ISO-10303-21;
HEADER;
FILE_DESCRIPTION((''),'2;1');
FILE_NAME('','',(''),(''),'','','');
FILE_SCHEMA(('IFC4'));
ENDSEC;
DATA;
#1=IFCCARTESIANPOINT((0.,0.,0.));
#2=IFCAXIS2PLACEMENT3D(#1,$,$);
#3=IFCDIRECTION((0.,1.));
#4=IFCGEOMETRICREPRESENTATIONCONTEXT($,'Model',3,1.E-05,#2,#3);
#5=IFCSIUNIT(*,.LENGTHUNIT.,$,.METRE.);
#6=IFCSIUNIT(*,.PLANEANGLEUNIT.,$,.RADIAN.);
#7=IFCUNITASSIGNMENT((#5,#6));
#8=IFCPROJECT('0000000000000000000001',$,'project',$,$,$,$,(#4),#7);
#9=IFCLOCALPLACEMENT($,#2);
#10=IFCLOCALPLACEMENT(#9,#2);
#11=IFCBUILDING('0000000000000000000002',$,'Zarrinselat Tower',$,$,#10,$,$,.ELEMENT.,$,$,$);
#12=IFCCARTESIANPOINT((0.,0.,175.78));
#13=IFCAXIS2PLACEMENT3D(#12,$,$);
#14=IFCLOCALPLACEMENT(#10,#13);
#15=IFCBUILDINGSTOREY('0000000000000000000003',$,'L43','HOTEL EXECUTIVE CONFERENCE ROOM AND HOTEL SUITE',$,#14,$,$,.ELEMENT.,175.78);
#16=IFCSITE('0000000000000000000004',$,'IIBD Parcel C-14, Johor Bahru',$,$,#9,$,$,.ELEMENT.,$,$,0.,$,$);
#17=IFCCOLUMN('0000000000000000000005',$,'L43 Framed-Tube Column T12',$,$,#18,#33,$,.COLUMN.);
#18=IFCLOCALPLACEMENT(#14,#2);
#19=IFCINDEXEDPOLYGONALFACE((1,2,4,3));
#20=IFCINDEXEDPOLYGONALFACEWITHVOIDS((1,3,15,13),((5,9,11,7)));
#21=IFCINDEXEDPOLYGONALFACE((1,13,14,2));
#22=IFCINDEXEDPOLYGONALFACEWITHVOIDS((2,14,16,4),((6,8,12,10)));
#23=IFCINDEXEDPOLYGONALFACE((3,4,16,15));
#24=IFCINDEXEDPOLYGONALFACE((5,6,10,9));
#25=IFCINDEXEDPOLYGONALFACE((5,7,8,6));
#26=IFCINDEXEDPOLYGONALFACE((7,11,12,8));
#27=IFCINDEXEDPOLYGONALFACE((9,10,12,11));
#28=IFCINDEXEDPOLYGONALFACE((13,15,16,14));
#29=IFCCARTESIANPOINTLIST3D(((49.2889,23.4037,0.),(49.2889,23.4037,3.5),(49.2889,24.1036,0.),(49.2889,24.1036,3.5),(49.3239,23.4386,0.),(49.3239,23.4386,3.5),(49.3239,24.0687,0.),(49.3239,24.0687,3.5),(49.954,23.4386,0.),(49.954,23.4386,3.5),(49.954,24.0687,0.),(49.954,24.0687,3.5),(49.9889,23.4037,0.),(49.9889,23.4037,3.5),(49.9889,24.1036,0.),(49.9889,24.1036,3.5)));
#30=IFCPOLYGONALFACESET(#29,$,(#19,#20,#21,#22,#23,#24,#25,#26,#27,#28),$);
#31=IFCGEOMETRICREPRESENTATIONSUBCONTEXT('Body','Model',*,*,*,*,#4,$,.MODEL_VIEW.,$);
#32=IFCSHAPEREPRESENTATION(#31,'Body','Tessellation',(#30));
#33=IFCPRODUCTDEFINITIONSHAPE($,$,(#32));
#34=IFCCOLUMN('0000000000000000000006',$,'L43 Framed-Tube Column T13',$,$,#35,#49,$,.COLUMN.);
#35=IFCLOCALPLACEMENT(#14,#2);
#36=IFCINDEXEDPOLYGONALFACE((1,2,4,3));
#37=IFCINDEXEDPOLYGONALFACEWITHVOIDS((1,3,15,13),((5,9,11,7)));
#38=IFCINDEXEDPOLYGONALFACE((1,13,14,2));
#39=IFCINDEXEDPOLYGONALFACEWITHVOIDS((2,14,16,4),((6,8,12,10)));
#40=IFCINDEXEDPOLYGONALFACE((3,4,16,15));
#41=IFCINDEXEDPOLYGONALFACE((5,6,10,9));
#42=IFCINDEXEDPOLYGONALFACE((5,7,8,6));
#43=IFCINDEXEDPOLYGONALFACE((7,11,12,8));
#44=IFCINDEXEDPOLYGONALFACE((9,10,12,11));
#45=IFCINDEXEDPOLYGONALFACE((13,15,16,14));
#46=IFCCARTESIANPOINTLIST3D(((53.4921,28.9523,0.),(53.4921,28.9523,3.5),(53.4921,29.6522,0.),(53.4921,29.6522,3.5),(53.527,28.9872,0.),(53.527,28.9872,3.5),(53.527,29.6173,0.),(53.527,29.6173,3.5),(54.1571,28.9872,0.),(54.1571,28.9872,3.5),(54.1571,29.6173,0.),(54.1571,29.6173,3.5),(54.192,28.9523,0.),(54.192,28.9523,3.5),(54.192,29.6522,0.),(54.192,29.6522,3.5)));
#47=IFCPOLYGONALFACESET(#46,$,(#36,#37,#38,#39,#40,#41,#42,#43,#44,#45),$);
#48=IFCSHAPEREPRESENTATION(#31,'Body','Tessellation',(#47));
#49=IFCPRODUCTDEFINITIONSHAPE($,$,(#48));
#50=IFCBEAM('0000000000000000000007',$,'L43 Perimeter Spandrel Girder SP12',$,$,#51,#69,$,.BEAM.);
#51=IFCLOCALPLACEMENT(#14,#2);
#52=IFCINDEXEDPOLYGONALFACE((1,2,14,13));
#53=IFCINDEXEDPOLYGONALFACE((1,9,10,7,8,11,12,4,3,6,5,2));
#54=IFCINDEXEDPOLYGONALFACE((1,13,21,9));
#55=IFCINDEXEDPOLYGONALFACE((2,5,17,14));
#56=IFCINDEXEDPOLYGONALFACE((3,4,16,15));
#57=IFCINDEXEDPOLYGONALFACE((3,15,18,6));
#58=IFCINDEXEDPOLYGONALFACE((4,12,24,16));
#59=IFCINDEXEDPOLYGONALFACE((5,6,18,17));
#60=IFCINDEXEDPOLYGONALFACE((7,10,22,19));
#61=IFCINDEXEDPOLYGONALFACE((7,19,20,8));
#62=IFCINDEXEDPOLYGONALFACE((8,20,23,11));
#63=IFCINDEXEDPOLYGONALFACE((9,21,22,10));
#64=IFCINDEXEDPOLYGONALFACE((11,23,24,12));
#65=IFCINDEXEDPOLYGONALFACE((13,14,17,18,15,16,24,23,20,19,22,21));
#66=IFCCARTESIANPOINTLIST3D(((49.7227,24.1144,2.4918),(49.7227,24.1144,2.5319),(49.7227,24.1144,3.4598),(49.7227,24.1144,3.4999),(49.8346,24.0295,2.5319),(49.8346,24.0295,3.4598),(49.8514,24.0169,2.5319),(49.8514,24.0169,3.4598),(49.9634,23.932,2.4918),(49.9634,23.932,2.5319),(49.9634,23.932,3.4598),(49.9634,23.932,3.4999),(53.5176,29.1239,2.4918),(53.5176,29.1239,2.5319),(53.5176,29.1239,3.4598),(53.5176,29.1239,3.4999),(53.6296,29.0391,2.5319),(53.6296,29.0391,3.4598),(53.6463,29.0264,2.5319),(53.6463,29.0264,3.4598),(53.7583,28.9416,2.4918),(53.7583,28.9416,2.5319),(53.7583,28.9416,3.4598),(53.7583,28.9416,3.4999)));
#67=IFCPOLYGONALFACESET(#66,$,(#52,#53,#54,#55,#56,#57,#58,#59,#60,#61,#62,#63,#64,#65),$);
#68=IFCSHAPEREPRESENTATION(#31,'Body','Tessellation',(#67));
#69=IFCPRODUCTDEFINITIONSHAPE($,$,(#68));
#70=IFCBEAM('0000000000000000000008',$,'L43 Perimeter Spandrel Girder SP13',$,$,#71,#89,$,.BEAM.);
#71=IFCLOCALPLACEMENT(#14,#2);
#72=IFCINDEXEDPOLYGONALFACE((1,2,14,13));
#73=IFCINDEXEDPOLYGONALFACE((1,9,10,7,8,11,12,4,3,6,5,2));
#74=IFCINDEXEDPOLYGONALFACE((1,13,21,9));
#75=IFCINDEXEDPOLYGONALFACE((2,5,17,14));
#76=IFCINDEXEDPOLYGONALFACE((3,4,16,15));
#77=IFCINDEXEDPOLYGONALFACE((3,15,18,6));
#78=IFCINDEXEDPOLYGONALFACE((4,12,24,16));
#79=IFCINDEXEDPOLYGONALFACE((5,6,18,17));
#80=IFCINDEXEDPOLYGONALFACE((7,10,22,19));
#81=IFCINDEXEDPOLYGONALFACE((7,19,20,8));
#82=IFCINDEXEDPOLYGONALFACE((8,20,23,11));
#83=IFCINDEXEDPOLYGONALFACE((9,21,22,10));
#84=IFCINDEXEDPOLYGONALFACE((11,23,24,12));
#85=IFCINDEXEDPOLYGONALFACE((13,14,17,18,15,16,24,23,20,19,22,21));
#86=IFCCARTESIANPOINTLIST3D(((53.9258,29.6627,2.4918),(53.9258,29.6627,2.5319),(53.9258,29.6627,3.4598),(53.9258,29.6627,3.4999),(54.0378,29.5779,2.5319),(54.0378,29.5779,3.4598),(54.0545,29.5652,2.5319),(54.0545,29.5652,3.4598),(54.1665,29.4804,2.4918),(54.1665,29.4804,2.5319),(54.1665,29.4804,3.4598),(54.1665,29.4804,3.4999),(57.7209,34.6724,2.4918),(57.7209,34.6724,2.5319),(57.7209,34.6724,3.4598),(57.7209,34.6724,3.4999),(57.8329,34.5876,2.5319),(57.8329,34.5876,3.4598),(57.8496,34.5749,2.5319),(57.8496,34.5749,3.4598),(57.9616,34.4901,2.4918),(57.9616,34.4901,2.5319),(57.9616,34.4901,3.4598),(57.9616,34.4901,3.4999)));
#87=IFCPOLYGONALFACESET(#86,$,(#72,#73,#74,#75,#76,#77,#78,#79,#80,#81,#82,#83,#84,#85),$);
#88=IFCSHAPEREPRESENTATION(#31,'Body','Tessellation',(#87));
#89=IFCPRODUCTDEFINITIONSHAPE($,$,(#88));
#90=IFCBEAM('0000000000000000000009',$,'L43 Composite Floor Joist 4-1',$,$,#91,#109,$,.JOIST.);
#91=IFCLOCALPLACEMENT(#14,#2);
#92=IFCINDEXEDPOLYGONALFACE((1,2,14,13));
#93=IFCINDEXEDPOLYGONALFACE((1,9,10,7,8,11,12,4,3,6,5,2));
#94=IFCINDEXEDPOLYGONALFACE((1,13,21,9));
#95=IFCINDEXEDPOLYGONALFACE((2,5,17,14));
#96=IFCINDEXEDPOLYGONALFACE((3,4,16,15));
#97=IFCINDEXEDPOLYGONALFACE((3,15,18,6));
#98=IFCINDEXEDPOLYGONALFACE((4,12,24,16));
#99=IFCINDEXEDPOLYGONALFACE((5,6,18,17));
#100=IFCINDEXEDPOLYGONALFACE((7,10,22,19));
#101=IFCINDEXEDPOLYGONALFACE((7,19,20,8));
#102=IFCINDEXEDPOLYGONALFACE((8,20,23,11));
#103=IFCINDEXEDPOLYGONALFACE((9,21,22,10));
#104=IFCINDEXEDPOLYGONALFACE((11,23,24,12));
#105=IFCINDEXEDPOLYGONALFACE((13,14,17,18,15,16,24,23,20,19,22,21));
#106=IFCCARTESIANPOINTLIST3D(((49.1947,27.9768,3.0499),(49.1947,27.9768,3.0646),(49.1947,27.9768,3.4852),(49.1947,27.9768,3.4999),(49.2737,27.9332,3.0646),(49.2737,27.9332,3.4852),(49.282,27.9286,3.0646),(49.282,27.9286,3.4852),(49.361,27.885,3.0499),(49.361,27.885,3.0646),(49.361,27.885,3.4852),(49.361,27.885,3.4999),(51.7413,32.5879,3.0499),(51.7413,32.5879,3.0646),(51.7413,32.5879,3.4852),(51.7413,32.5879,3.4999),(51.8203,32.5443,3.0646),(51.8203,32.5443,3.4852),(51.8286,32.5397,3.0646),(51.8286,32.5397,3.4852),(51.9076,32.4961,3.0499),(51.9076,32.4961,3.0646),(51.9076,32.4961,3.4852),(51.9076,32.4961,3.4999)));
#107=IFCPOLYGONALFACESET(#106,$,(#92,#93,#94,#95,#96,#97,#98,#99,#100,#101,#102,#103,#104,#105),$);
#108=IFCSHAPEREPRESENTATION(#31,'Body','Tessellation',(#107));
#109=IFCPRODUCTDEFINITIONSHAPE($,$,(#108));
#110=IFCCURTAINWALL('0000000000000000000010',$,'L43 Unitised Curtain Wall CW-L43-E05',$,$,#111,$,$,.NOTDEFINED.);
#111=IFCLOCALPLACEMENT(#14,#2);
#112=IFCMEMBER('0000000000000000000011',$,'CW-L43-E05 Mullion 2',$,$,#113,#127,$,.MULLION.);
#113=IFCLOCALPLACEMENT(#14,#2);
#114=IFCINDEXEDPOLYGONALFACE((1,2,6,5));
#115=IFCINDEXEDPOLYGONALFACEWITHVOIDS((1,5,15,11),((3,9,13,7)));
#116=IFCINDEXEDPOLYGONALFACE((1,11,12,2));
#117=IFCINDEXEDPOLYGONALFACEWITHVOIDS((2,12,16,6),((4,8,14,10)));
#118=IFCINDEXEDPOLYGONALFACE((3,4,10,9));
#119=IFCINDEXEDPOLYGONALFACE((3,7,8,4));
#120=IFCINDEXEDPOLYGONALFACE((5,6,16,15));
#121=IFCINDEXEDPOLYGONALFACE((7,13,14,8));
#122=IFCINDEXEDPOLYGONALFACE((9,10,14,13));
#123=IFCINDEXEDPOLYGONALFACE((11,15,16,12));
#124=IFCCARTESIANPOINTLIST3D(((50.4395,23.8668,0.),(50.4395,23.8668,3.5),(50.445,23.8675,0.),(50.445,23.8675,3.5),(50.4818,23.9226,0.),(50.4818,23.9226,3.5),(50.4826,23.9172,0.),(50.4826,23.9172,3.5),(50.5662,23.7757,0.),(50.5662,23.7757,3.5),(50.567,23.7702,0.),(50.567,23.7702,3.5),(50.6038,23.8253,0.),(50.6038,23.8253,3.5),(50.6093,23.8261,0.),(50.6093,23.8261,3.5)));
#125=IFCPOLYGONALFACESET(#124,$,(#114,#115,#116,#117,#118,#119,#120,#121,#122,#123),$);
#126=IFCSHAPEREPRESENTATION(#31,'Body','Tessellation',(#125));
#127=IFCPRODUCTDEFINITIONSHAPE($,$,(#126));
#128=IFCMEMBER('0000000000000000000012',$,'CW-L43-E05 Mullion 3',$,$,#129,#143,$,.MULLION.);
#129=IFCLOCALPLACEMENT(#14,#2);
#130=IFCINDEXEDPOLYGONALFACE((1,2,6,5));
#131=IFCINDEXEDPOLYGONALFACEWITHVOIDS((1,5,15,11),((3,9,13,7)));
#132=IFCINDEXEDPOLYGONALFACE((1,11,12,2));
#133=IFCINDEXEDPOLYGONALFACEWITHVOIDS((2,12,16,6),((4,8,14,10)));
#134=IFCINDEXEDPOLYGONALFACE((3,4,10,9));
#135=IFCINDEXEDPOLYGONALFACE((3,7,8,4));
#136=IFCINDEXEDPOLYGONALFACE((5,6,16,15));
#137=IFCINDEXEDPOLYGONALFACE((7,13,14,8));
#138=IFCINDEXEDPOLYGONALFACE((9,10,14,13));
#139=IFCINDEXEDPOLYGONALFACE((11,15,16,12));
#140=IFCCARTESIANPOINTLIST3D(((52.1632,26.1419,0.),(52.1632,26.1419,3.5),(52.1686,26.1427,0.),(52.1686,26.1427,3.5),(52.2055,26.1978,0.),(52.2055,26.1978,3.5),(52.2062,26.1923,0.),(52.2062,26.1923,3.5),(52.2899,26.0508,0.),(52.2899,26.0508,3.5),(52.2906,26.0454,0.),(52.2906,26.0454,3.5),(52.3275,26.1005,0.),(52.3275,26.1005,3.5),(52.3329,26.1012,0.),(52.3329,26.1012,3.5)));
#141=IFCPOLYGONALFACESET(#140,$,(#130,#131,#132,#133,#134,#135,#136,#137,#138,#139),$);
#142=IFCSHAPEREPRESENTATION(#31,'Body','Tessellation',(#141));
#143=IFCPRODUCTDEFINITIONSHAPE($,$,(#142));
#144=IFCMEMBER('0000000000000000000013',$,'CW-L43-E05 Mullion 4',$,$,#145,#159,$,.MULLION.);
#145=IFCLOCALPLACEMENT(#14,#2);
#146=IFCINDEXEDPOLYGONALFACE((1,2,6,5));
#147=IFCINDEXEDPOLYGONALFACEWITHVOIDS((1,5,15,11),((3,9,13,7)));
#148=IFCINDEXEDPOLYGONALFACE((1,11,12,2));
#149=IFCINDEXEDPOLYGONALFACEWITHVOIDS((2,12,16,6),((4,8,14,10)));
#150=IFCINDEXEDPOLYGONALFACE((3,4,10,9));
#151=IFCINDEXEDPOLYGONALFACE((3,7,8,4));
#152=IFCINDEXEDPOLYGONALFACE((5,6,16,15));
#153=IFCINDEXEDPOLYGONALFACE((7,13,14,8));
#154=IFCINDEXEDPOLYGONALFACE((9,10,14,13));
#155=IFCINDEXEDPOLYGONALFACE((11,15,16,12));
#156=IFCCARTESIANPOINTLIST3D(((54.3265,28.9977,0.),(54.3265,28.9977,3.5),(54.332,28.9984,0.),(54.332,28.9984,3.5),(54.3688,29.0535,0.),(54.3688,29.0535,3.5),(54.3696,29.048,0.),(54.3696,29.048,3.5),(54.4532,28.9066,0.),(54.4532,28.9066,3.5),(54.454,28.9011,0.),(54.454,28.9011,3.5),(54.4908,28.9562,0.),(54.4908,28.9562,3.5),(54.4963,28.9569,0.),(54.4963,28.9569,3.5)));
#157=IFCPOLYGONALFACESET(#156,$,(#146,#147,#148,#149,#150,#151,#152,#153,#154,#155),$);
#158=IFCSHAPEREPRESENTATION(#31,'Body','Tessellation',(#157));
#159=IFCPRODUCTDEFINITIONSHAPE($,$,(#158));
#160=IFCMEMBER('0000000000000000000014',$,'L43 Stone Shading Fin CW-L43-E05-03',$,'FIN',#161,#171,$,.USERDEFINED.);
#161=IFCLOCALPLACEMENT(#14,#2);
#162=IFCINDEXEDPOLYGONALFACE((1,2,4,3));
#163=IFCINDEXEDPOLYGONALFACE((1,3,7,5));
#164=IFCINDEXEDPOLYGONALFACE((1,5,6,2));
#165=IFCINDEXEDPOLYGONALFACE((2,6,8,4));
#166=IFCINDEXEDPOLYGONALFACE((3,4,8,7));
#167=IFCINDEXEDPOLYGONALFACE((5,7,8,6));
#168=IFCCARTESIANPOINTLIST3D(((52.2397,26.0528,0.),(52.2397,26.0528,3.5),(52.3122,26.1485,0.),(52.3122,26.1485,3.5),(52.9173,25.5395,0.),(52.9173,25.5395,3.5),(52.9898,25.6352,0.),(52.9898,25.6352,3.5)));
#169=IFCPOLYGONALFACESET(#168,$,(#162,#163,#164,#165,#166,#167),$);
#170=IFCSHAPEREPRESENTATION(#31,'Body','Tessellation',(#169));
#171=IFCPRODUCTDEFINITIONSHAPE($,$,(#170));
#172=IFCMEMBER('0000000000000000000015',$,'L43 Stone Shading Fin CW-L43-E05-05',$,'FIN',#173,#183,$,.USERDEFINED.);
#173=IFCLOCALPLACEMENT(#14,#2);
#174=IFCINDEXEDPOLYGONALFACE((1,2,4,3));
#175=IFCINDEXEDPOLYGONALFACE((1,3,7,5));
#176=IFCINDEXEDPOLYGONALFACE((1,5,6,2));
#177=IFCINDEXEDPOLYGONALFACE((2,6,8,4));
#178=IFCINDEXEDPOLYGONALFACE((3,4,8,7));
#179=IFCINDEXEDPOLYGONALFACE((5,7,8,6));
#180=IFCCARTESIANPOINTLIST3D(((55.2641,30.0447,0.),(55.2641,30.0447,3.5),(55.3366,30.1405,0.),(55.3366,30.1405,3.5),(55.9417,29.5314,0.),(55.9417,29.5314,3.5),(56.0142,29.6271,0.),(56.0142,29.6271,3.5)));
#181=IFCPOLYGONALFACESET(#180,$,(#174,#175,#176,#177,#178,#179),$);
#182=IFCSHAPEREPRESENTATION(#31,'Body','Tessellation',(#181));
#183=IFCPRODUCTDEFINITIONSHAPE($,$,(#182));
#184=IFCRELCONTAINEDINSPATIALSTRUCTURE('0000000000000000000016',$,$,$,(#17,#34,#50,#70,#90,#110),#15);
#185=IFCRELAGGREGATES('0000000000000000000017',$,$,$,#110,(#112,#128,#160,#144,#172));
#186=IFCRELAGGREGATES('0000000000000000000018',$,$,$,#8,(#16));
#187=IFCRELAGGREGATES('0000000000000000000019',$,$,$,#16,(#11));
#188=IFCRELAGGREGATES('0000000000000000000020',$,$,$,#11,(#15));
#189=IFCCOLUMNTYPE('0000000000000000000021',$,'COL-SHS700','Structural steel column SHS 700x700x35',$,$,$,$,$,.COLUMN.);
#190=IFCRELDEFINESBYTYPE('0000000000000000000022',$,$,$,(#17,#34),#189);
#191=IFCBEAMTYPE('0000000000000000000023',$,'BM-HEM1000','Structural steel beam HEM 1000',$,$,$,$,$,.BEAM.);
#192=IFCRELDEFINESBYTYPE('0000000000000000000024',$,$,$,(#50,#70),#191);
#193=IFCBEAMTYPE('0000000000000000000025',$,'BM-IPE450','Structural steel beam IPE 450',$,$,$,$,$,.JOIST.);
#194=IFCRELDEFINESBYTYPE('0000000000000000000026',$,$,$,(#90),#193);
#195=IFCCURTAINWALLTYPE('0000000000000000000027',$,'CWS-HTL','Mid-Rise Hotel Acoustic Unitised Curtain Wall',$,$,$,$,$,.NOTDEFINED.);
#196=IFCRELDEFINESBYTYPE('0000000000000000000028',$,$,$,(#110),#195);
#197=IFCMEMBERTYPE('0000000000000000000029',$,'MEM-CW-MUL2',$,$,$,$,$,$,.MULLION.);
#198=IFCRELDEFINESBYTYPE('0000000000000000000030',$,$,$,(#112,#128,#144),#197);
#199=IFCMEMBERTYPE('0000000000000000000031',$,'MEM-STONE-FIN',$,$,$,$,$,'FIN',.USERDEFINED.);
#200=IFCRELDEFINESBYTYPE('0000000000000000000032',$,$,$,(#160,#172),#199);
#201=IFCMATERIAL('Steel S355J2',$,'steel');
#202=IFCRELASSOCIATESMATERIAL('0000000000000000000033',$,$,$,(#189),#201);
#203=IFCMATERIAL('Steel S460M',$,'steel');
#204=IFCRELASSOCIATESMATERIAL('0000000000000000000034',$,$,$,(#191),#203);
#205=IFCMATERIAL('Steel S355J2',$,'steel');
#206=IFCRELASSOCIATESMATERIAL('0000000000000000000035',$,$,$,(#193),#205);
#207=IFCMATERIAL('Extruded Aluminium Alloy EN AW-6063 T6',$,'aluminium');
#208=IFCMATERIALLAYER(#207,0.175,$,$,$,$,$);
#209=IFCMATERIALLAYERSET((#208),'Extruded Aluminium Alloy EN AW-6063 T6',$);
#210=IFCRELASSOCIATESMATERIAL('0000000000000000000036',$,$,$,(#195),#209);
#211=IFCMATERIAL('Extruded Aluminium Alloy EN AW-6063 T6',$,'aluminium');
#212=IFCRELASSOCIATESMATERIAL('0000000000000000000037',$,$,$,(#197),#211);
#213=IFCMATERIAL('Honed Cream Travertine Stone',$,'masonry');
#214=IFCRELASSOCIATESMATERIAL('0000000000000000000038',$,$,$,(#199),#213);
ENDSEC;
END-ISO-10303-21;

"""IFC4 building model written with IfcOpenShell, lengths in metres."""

from ifc_helpers import new_model, si_unit, direction, frame, origin, origin_2d, place, context, subcontext, project, spatial, rectangle, hollow_rectangle, i_section, extrude, material, layer, layer_set, material_profile, profile_set, type_object, element, aggregate, save


model = new_model("IFC4")

# Units and contexts
model_context = context("Model", 3, precision=1e-05, world=origin(), true_north=direction((0.0, 1.0)))
body_context = subcontext(model_context, "Body", "Model", "MODEL_VIEW")
ifc_project = project(units=[si_unit("LENGTHUNIT", "METRE"), si_unit("PLANEANGLEUNIT", "RADIAN")], contexts=[model_context])

# Site, building, storey
site_placement = place(None, origin())
site = spatial("IfcSite", under=ifc_project, at=site_placement, Name="IIBD Parcel C-14, Johor Bahru", CompositionType="ELEMENT", RefElevation=0.0)
building_placement = place(site_placement, origin())
building = spatial("IfcBuilding", under=site, at=building_placement, Name="Zarrinselat Tower", CompositionType="ELEMENT")
storey_placement = place(building_placement, frame((0.0, 0.0, 175.78)))
storey = spatial("IfcBuildingStorey", under=building, at=storey_placement, Name="L43", Description="HOTEL EXECUTIVE CONFERENCE ROOM AND HOTEL SUITE", CompositionType="ELEMENT", Elevation=175.78)

# Columns
ifc_material_1 = material(Name="Steel S355J2", Category="steel")
ifc_material_profile_1 = material_profile(ifc_material_1, hollow_rectangle(XDim=0.7, YDim=0.7, WallThickness=0.0349, at=origin_2d()), Name="SHS 700x700x35")
ifc_profile_set_1 = profile_set([ifc_material_profile_1], Name="Steel S355J2")
column_type = type_object("IfcColumnType", Name="COL-SHS700", Description="Structural steel column SHS 700x700x35", PredefinedType="COLUMN", material=ifc_profile_set_1)
for number, where, z_axis, x_axis, name in (
    (1, (49.6389, 23.7537, 0.0), (0.0, 0.0, 1.0), (1.0, 0.0, 0.0), "L43 Framed-Tube Column T12"),
    (2, (53.842, 29.3022, 0.0), (0.0, 0.0, 1.0), (1.0, 0.0, 0.0), "L43 Framed-Tube Column T13"),
):
    element("IfcColumn", number, at=place(storey_placement, frame(where, z_axis=z_axis, x_axis=x_axis)), inside=storey, type_object=column_type, Name=name, PredefinedType="COLUMN", context=body_context, shape_type="SweptSolid", body=[
        extrude(hollow_rectangle(XDim=0.7, YDim=0.7, WallThickness=0.0349, at=origin_2d()), origin(), (0.0, 0.0, 1.0), 3.5),
    ])

# Beams
ifc_material_2 = material(Name="Steel S460M", Category="steel")
ifc_material_profile_2 = material_profile(ifc_material_2, i_section(OverallWidth=0.302, OverallDepth=1.0081, WebThickness=0.021, FlangeThickness=0.04, at=origin_2d()), Name="HEM 1000")
ifc_profile_set_2 = profile_set([ifc_material_profile_2], Name="Steel S460M")
beam_type_1 = type_object("IfcBeamType", Name="BM-HEM1000", Description="Structural steel beam HEM 1000", PredefinedType="BEAM", material=ifc_profile_set_2)
beam_1_placement = place(storey_placement, frame((49.843, 24.0232, 2.9958), z_axis=(0.60384, 0.797105, 0.0), x_axis=(-0.797105, 0.60384, 0.0)))
element("IfcBeam", 3, at=beam_1_placement, inside=storey, type_object=beam_type_1, Name="L43 Perimeter Spandrel Girder SP12", PredefinedType="BEAM", context=body_context, shape_type="SweptSolid", body=[
    extrude(i_section(OverallWidth=0.302, OverallDepth=1.0081, WebThickness=0.021, FlangeThickness=0.04, at=origin_2d()), origin(), (0.0, 0.0, 1.0), 6.2847),
])
beam_2_placement = place(storey_placement, frame((54.0461, 29.5715, 2.9958), z_axis=(0.603846, 0.797101, 0.0), x_axis=(-0.797101, 0.603846, 0.0)))
element("IfcBeam", 4, at=beam_2_placement, inside=storey, type_object=beam_type_1, Name="L43 Perimeter Spandrel Girder SP13", PredefinedType="BEAM", context=body_context, shape_type="SweptSolid", body=[
    extrude(i_section(OverallWidth=0.302, OverallDepth=1.0081, WebThickness=0.021, FlangeThickness=0.04, at=origin_2d()), origin(), (0.0, 0.0, 1.0), 6.2849),
])
ifc_material_3 = material(Name="Steel S355J2", Category="steel")
ifc_material_profile_3 = material_profile(ifc_material_3, i_section(OverallWidth=0.1899, OverallDepth=0.45, WebThickness=0.0095, FlangeThickness=0.0146, at=origin_2d()), Name="IPE 450")
ifc_profile_set_3 = profile_set([ifc_material_profile_3], Name="Steel S355J2")
beam_type_2 = type_object("IfcBeamType", Name="BM-IPE450", Description="Structural steel beam IPE 450", PredefinedType="JOIST", material=ifc_profile_set_3)
beam_3_placement = place(storey_placement, frame((49.2778, 27.9309, 3.2749), z_axis=(0.483453, 0.87537, 0.0), x_axis=(-0.87537, 0.483453, 0.0)))
element("IfcBeam", 5, at=beam_3_placement, inside=storey, type_object=beam_type_2, Name="L43 Composite Floor Joist 4-1", PredefinedType="JOIST", context=body_context, shape_type="SweptSolid", body=[
    extrude(i_section(OverallWidth=0.1899, OverallDepth=0.45, WebThickness=0.0095, FlangeThickness=0.0146, at=origin_2d()), origin(), (0.0, 0.0, 1.0), 5.2676),
])

# Curtain wall, members
ifc_material_4 = material(Name="Extruded Aluminium Alloy EN AW-6063 T6", Category="aluminium")
ifc_layer_1 = layer(ifc_material_4, 0.175)
ifc_layer_set_1 = layer_set([ifc_layer_1], Name="Extruded Aluminium Alloy EN AW-6063 T6")
curtain_wall_type = type_object("IfcCurtainWallType", Name="CWS-HTL", Description="Mid-Rise Hotel Acoustic Unitised Curtain Wall", PredefinedType="NOTDEFINED", material=ifc_layer_set_1)
curtain_wall_placement = place(storey_placement, origin())
curtain_wall = element("IfcCurtainWall", 6, at=curtain_wall_placement, inside=storey, type_object=curtain_wall_type, Name="L43 Unitised Curtain Wall CW-L43-E05", PredefinedType="NOTDEFINED")
ifc_material_5 = material(Name="Extruded Aluminium Alloy EN AW-6063 T6", Category="aluminium")
ifc_material_profile_4 = material_profile(ifc_material_5, hollow_rectangle(XDim=0.0701, YDim=0.1599, WallThickness=0.0039, at=origin_2d()), Name="RHS 160x70x4")
ifc_profile_set_4 = profile_set([ifc_material_profile_4], Name="Extruded Aluminium Alloy EN AW-6063 T6")
member_type_1 = type_object("IfcMemberType", Name="MEM-CW-MUL2", PredefinedType="MULLION", material=ifc_profile_set_4)
member_1_placement = place(storey_placement, frame((50.5244, 23.8464, 0.0), z_axis=(0.0, 0.0, 1.0), x_axis=(0.603859, 0.797091, 0.0)))
member_1 = element("IfcMember", 7, at=member_1_placement, type_object=member_type_1, Name="CW-L43-E05 Mullion 2", PredefinedType="MULLION", context=body_context, shape_type="SweptSolid", body=[
    extrude(hollow_rectangle(XDim=0.0701, YDim=0.1599, WallThickness=0.0039, at=origin_2d()), origin(), (0.0, 0.0, 1.0), 3.5),
])
member_2_placement = place(storey_placement, frame((52.248, 26.1216, 0.0), z_axis=(0.0, 0.0, 1.0), x_axis=(0.603859, 0.797091, 0.0)))
member_2 = element("IfcMember", 8, at=member_2_placement, type_object=member_type_1, Name="CW-L43-E05 Mullion 3", PredefinedType="MULLION", context=body_context, shape_type="SweptSolid", body=[
    extrude(hollow_rectangle(XDim=0.0701, YDim=0.1599, WallThickness=0.0039, at=origin_2d()), origin(), (0.0, 0.0, 1.0), 3.5),
])
member_3_placement = place(storey_placement, frame((54.4114, 28.9773, 0.0), z_axis=(0.0, 0.0, 1.0), x_axis=(0.603859, 0.797091, 0.0)))
member_3 = element("IfcMember", 9, at=member_3_placement, type_object=member_type_1, Name="CW-L43-E05 Mullion 4", PredefinedType="MULLION", context=body_context, shape_type="SweptSolid", body=[
    extrude(hollow_rectangle(XDim=0.0701, YDim=0.1599, WallThickness=0.0039, at=origin_2d()), origin(), (0.0, 0.0, 1.0), 3.5),
])
ifc_material_6 = material(Name="Honed Cream Travertine Stone", Category="masonry")
ifc_material_profile_5 = material_profile(ifc_material_6, rectangle(XDim=0.1201, YDim=0.8501, at=origin_2d()), Name="FIN 850x120")
ifc_profile_set_5 = profile_set([ifc_material_profile_5], Name="Honed Cream Travertine Stone")
member_type_2 = type_object("IfcMemberType", Name="MEM-STONE-FIN", ElementType="FIN", PredefinedType="USERDEFINED", material=ifc_profile_set_5)
member_4_placement = place(storey_placement, frame((52.6147, 25.844, 0.0), z_axis=(0.0, 0.0, 1.0), x_axis=(-0.603859, -0.797091, 0.0)))
member_4 = element("IfcMember", 10, at=member_4_placement, type_object=member_type_2, Name="L43 Stone Shading Fin CW-L43-E05-03", ObjectType="FIN", PredefinedType="USERDEFINED", context=body_context, shape_type="SweptSolid", body=[
    extrude(rectangle(XDim=0.1201, YDim=0.8501, at=origin_2d()), origin(), (0.0, 0.0, 1.0), 3.5),
])
member_5_placement = place(storey_placement, frame((55.6392, 29.8359, 0.0), z_axis=(0.0, 0.0, 1.0), x_axis=(-0.603859, -0.797091, 0.0)))
member_5 = element("IfcMember", 11, at=member_5_placement, type_object=member_type_2, Name="L43 Stone Shading Fin CW-L43-E05-05", ObjectType="FIN", PredefinedType="USERDEFINED", context=body_context, shape_type="SweptSolid", body=[
    extrude(rectangle(XDim=0.1201, YDim=0.8501, at=origin_2d()), origin(), (0.0, 0.0, 1.0), 3.5),
])
aggregate(curtain_wall, [member_1, member_2, member_4, member_3, member_5])

save(model, "model.ifc")
